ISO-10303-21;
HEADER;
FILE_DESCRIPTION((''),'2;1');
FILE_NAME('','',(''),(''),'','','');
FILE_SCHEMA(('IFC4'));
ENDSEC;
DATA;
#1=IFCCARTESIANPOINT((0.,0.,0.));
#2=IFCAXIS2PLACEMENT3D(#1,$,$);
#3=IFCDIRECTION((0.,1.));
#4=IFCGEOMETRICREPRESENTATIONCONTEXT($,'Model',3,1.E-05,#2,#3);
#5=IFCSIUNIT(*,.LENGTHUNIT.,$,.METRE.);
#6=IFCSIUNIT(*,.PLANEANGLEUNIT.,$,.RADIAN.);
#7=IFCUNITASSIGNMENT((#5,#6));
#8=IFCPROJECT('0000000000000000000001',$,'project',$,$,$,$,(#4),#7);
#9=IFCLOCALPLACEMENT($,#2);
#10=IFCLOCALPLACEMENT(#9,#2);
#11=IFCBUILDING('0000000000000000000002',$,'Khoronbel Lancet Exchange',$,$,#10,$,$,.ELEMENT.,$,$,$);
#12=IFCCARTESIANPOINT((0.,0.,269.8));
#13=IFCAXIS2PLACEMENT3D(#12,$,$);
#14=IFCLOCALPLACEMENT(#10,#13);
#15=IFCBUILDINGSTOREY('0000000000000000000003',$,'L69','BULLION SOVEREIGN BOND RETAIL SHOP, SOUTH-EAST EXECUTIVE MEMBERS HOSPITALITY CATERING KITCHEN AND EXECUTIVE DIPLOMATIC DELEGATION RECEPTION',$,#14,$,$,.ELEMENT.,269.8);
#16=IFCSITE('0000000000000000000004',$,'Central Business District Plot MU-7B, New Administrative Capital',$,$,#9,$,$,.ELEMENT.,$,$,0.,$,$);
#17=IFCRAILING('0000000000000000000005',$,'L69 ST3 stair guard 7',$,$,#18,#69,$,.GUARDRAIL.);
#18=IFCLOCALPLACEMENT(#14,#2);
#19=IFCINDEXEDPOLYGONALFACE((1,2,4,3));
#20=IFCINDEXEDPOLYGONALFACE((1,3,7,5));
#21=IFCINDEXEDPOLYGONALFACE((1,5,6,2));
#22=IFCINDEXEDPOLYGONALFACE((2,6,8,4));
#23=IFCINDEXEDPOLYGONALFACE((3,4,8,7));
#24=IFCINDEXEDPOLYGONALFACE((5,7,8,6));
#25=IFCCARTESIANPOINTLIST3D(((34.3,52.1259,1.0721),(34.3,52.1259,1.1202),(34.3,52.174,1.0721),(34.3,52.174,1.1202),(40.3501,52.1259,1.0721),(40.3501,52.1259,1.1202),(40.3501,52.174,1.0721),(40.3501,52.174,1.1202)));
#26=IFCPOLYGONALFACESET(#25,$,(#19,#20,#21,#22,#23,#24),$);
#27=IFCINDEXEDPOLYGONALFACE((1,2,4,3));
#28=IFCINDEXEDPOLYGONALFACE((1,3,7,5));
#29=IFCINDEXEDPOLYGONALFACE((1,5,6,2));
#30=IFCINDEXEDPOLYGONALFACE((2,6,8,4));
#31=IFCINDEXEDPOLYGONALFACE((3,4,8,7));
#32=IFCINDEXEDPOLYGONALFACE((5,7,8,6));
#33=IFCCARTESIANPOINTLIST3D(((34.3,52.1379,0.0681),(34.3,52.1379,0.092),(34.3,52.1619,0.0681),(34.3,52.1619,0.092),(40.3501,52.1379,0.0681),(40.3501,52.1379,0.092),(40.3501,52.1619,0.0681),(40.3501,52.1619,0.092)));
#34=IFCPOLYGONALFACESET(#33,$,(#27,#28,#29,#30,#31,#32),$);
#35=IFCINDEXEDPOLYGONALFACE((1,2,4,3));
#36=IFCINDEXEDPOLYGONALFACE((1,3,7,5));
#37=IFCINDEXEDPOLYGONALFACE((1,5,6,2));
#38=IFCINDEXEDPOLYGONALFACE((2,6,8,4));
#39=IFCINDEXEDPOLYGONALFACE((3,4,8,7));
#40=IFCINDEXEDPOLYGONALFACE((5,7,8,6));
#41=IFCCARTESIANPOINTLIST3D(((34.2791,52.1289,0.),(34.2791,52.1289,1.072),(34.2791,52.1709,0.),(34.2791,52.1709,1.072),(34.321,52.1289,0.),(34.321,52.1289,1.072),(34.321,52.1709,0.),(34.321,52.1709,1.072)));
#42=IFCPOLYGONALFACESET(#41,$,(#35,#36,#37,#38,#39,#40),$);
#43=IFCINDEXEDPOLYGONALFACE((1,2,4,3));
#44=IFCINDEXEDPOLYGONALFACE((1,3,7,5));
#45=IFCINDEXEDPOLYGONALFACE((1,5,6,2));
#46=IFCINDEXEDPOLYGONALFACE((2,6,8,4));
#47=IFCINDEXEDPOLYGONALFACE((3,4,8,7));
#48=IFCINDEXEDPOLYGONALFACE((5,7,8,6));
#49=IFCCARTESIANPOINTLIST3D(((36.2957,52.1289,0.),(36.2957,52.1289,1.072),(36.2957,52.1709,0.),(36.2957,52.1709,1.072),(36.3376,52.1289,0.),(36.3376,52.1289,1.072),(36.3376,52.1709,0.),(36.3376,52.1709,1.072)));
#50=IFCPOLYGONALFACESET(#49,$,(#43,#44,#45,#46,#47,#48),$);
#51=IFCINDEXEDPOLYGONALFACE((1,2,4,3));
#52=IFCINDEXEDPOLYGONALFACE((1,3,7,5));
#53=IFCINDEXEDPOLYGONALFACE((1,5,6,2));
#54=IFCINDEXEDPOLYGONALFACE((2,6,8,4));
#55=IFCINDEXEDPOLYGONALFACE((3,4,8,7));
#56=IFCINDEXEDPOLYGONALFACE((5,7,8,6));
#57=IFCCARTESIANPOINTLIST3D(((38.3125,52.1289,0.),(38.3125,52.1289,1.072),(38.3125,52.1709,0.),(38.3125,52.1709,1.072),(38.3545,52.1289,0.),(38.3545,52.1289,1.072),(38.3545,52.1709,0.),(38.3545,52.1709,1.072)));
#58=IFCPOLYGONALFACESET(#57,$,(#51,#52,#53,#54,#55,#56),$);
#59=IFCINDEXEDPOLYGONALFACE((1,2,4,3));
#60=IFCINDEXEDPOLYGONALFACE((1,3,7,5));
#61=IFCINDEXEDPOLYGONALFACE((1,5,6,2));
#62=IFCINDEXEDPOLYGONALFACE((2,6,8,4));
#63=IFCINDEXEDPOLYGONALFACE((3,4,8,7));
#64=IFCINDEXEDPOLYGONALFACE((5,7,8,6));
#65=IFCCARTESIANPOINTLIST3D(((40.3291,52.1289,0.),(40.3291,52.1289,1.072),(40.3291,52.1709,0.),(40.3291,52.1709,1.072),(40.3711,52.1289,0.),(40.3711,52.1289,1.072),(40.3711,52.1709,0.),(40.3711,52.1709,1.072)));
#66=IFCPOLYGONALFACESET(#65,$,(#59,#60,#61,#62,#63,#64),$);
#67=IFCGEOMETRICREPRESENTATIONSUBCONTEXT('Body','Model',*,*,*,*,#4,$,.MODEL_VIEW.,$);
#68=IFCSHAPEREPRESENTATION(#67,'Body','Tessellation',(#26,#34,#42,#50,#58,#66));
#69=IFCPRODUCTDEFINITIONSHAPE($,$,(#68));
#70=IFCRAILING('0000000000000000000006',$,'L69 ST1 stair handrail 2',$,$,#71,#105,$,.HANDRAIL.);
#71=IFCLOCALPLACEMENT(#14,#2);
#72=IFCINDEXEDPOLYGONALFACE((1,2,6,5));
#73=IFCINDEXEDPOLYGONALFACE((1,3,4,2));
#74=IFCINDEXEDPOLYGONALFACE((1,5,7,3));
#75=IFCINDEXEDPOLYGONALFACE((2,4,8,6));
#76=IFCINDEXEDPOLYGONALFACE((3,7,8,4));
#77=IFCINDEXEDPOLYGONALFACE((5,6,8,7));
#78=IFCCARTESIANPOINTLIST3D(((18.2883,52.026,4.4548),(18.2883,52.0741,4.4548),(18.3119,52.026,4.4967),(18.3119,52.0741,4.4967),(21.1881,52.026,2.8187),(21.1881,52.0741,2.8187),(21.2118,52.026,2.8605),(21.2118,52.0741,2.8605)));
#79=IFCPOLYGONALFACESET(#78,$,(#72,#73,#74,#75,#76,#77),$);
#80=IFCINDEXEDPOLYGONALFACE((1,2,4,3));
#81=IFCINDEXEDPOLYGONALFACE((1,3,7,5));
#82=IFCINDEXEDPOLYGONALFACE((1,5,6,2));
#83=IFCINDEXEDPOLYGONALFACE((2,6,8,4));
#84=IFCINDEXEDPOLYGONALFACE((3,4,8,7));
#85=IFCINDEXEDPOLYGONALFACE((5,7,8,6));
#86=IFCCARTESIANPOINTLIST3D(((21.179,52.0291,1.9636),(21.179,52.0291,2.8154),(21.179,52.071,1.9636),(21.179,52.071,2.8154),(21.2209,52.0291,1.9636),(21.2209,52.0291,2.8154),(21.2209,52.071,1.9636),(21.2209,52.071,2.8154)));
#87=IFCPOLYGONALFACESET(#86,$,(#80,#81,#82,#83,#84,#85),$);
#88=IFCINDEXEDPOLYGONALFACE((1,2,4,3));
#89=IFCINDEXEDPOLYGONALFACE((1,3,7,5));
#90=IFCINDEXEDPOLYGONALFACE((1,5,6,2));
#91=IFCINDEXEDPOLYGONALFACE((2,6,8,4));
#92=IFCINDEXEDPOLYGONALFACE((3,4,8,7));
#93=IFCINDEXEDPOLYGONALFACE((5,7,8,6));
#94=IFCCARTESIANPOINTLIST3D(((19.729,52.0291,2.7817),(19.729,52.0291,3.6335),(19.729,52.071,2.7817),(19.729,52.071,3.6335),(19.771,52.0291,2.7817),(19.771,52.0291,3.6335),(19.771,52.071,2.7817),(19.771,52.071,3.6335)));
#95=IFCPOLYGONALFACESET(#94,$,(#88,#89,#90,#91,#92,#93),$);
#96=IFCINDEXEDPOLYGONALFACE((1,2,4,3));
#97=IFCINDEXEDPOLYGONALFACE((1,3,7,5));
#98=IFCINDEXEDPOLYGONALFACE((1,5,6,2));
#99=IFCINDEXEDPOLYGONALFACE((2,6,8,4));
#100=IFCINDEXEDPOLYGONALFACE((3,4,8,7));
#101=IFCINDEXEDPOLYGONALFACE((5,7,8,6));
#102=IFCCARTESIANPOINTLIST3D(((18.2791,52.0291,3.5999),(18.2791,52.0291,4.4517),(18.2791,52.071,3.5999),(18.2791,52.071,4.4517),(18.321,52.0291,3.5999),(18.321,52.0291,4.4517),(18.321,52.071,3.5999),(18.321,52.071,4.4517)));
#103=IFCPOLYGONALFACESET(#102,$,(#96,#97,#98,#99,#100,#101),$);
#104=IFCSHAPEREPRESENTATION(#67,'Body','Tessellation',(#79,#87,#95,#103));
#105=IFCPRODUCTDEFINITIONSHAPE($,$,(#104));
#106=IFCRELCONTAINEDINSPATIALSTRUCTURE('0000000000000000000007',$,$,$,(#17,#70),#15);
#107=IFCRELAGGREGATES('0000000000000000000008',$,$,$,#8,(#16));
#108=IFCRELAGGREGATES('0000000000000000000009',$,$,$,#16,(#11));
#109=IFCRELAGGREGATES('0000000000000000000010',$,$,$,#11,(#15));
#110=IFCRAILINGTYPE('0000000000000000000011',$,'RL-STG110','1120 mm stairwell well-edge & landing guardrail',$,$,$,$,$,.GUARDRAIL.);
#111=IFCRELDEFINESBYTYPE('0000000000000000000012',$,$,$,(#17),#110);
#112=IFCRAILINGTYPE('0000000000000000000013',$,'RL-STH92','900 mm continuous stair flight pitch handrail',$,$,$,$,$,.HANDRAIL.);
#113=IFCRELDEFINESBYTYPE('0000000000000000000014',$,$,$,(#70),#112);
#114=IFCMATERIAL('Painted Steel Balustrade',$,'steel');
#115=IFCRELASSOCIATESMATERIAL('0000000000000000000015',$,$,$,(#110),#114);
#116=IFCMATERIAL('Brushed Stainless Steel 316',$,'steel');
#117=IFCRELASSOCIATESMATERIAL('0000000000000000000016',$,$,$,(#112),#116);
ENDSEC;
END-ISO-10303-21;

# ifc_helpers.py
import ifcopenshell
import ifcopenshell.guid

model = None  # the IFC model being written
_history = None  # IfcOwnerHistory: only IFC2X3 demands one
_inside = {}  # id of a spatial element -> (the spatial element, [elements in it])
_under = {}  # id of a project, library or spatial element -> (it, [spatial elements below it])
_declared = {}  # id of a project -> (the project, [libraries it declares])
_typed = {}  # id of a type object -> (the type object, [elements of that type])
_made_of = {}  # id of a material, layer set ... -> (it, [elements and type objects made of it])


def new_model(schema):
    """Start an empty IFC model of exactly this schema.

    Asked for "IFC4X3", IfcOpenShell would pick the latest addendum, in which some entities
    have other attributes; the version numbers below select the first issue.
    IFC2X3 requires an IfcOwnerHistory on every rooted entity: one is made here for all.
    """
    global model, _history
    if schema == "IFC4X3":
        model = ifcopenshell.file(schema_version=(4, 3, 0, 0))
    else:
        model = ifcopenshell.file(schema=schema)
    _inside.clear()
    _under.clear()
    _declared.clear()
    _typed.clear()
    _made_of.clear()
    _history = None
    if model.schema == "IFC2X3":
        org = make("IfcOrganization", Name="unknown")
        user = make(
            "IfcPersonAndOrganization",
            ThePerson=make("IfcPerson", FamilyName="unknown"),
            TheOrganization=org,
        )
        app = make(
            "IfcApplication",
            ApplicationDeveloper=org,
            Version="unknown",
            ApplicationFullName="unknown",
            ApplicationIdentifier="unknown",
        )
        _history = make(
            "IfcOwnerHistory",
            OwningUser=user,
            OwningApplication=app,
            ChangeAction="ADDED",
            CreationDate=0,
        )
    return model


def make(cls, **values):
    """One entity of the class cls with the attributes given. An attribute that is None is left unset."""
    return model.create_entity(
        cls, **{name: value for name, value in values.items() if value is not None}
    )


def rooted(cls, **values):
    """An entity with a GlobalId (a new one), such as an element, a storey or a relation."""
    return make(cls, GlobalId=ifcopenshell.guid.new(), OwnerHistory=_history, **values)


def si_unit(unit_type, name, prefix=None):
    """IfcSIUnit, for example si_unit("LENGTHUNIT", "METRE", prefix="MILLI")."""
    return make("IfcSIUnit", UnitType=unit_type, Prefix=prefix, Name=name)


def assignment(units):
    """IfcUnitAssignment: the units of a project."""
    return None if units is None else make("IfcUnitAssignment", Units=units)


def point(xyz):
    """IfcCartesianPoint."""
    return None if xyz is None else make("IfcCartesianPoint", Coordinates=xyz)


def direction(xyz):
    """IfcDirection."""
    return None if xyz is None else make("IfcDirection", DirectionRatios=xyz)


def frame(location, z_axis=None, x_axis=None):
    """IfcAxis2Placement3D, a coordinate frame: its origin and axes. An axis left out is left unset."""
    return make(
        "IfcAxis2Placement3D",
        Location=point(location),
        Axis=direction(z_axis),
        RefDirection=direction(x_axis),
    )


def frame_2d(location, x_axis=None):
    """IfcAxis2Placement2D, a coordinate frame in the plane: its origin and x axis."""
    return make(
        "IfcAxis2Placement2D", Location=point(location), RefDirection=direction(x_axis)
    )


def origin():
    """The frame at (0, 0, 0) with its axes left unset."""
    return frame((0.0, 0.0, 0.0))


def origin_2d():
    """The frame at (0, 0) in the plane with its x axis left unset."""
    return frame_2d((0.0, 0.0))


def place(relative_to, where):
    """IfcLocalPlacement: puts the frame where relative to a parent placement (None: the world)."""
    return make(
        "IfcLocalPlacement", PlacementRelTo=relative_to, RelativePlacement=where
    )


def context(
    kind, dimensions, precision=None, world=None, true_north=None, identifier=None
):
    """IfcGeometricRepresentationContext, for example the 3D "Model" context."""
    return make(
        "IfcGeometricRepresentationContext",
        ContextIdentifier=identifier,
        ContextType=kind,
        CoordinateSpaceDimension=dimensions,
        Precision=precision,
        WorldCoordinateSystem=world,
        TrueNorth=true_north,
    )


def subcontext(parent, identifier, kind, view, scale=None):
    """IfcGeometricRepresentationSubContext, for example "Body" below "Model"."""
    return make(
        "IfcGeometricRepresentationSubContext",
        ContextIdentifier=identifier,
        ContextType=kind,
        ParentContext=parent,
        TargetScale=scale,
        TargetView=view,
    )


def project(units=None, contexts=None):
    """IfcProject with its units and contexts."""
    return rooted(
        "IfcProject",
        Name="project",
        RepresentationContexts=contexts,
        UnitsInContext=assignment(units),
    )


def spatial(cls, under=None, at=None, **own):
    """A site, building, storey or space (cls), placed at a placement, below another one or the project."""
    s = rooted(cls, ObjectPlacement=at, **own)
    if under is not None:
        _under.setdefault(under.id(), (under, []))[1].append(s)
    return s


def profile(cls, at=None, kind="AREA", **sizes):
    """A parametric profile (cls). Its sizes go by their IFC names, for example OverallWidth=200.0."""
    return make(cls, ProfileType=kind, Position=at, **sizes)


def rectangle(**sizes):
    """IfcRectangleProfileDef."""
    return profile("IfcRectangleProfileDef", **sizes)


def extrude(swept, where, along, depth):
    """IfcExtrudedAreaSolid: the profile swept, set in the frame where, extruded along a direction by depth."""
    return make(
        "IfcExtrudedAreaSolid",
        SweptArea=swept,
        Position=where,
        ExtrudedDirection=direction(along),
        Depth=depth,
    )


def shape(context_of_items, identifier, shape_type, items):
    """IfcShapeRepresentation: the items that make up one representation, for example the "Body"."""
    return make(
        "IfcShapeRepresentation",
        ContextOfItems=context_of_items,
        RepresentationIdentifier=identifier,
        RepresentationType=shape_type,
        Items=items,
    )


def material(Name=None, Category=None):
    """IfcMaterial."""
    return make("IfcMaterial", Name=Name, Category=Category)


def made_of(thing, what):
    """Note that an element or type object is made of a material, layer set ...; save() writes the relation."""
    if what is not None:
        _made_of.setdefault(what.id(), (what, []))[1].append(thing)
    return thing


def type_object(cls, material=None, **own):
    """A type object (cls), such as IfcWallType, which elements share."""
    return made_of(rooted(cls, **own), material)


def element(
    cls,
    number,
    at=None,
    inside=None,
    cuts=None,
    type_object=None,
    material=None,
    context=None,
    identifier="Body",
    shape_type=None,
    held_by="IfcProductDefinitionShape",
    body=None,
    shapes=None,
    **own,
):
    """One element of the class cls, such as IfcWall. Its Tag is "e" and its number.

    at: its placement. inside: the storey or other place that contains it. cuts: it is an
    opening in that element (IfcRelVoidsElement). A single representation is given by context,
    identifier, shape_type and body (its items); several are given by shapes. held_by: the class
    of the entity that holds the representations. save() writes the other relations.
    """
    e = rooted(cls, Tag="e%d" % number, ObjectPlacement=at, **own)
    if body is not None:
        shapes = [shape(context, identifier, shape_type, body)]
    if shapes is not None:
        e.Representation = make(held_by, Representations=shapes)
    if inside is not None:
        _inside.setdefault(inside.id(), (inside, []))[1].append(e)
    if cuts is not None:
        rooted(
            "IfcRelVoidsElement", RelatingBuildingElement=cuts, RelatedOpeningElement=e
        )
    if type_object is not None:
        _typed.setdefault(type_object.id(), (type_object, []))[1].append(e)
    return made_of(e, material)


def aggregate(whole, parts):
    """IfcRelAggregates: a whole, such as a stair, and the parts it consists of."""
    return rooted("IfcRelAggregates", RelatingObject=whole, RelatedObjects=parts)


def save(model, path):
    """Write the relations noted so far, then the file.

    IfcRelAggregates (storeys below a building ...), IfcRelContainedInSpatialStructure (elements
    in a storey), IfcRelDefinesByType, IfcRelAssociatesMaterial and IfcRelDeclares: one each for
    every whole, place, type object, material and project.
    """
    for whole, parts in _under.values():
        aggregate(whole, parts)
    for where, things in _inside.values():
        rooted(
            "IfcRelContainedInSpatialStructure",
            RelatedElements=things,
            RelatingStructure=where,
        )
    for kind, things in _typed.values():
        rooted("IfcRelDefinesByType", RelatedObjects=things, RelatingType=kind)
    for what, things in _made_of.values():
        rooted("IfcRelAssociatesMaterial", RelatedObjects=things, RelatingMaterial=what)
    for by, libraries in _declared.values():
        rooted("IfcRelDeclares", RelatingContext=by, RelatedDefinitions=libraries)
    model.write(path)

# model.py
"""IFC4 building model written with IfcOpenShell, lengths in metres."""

from ifc_helpers import new_model, si_unit, direction, frame, origin, origin_2d, place, context, subcontext, project, spatial, rectangle, extrude, material, type_object, element, save


model = new_model("IFC4")

# Units and contexts
model_context = context("Model", 3, precision=1e-05, world=origin(), true_north=direction((0.0, 1.0)))
body_context = subcontext(model_context, "Body", "Model", "MODEL_VIEW")
ifc_project = project(units=[si_unit("LENGTHUNIT", "METRE"), si_unit("PLANEANGLEUNIT", "RADIAN")], contexts=[model_context])

# Site, building, storey
site_placement = place(None, origin())
site = spatial("IfcSite", under=ifc_project, at=site_placement, Name="Central Business District Plot MU-7B, New Administrative Capital", CompositionType="ELEMENT", RefElevation=0.0)
building_placement = place(site_placement, origin())
building = spatial("IfcBuilding", under=site, at=building_placement, Name="Khoronbel Lancet Exchange", CompositionType="ELEMENT")
storey_placement = place(building_placement, frame((0.0, 0.0, 269.8)))
storey = spatial("IfcBuildingStorey", under=building, at=storey_placement, Name="L69", Description="BULLION SOVEREIGN BOND RETAIL SHOP, SOUTH-EAST EXECUTIVE MEMBERS HOSPITALITY CATERING KITCHEN AND EXECUTIVE DIPLOMATIC DELEGATION RECEPTION", CompositionType="ELEMENT", Elevation=269.8)

# Railings
ifc_material_1 = material(Name="Painted Steel Balustrade", Category="steel")
railing_type_1 = type_object("IfcRailingType", Name="RL-STG110", Description="1120 mm stairwell well-edge & landing guardrail", PredefinedType="GUARDRAIL", material=ifc_material_1)
railing_1_placement = place(storey_placement, frame((34.3, 52.1499, 0.0)))
element("IfcRailing", 1, at=railing_1_placement, inside=storey, type_object=railing_type_1, Name="L69 ST3 stair guard 7", PredefinedType="GUARDRAIL", context=body_context, shape_type="SweptSolid", body=[
    extrude(rectangle(XDim=0.0481, YDim=0.0481, at=origin_2d()), frame((0.0, 0.0, 1.0962), z_axis=(1.0, 0.0, 0.0), x_axis=(0.0, 1.0, 0.0)), (0.0, 0.0, 1.0), 6.05),
    extrude(rectangle(XDim=0.0239, YDim=0.0239, at=origin_2d()), frame((0.0, 0.0, 0.0801), z_axis=(1.0, 0.0, 0.0), x_axis=(0.0, 1.0, 0.0)), (0.0, 0.0, 1.0), 6.05),
    extrude(rectangle(XDim=0.042, YDim=0.042, at=origin_2d()), origin(), (0.0, 0.0, 1.0), 1.072),
    extrude(rectangle(XDim=0.042, YDim=0.042, at=origin_2d()), frame((2.0166, 0.0, 0.0)), (0.0, 0.0, 1.0), 1.072),
    extrude(rectangle(XDim=0.042, YDim=0.042, at=origin_2d()), frame((4.0334, 0.0, 0.0)), (0.0, 0.0, 1.0), 1.072),
    extrude(rectangle(XDim=0.042, YDim=0.042, at=origin_2d()), frame((6.05, 0.0, 0.0)), (0.0, 0.0, 1.0), 1.072),
])
ifc_material_2 = material(Name="Brushed Stainless Steel 316", Category="steel")
railing_type_2 = type_object("IfcRailingType", Name="RL-STH92", Description="900 mm continuous stair flight pitch handrail", PredefinedType="HANDRAIL", material=ifc_material_2)
railing_2_placement = place(storey_placement, frame((21.2, 52.05, 1.9636)))
element("IfcRailing", 2, at=railing_2_placement, inside=storey, type_object=railing_type_2, Name="L69 ST1 stair handrail 2", PredefinedType="HANDRAIL", context=body_context, shape_type="SweptSolid", body=[
    extrude(rectangle(XDim=0.0481, YDim=0.0481, at=origin_2d()), frame((0.0, 0.0, 0.876), z_axis=(-0.870929, 0.0, 0.49141), x_axis=(0.0, -1.0, 0.0)), (0.0, 0.0, 1.0), 3.3296),
    extrude(rectangle(XDim=0.042, YDim=0.042, at=origin_2d()), origin(), (0.0, 0.0, 1.0), 0.8518),
    extrude(rectangle(XDim=0.042, YDim=0.042, at=origin_2d()), frame((-1.45, 0.0, 0.8181)), (0.0, 0.0, 1.0), 0.8518),
    extrude(rectangle(XDim=0.042, YDim=0.042, at=origin_2d()), frame((-2.8999, 0.0, 1.6362)), (0.0, 0.0, 1.0), 0.8518),
])

save(model, "model.ifc")
